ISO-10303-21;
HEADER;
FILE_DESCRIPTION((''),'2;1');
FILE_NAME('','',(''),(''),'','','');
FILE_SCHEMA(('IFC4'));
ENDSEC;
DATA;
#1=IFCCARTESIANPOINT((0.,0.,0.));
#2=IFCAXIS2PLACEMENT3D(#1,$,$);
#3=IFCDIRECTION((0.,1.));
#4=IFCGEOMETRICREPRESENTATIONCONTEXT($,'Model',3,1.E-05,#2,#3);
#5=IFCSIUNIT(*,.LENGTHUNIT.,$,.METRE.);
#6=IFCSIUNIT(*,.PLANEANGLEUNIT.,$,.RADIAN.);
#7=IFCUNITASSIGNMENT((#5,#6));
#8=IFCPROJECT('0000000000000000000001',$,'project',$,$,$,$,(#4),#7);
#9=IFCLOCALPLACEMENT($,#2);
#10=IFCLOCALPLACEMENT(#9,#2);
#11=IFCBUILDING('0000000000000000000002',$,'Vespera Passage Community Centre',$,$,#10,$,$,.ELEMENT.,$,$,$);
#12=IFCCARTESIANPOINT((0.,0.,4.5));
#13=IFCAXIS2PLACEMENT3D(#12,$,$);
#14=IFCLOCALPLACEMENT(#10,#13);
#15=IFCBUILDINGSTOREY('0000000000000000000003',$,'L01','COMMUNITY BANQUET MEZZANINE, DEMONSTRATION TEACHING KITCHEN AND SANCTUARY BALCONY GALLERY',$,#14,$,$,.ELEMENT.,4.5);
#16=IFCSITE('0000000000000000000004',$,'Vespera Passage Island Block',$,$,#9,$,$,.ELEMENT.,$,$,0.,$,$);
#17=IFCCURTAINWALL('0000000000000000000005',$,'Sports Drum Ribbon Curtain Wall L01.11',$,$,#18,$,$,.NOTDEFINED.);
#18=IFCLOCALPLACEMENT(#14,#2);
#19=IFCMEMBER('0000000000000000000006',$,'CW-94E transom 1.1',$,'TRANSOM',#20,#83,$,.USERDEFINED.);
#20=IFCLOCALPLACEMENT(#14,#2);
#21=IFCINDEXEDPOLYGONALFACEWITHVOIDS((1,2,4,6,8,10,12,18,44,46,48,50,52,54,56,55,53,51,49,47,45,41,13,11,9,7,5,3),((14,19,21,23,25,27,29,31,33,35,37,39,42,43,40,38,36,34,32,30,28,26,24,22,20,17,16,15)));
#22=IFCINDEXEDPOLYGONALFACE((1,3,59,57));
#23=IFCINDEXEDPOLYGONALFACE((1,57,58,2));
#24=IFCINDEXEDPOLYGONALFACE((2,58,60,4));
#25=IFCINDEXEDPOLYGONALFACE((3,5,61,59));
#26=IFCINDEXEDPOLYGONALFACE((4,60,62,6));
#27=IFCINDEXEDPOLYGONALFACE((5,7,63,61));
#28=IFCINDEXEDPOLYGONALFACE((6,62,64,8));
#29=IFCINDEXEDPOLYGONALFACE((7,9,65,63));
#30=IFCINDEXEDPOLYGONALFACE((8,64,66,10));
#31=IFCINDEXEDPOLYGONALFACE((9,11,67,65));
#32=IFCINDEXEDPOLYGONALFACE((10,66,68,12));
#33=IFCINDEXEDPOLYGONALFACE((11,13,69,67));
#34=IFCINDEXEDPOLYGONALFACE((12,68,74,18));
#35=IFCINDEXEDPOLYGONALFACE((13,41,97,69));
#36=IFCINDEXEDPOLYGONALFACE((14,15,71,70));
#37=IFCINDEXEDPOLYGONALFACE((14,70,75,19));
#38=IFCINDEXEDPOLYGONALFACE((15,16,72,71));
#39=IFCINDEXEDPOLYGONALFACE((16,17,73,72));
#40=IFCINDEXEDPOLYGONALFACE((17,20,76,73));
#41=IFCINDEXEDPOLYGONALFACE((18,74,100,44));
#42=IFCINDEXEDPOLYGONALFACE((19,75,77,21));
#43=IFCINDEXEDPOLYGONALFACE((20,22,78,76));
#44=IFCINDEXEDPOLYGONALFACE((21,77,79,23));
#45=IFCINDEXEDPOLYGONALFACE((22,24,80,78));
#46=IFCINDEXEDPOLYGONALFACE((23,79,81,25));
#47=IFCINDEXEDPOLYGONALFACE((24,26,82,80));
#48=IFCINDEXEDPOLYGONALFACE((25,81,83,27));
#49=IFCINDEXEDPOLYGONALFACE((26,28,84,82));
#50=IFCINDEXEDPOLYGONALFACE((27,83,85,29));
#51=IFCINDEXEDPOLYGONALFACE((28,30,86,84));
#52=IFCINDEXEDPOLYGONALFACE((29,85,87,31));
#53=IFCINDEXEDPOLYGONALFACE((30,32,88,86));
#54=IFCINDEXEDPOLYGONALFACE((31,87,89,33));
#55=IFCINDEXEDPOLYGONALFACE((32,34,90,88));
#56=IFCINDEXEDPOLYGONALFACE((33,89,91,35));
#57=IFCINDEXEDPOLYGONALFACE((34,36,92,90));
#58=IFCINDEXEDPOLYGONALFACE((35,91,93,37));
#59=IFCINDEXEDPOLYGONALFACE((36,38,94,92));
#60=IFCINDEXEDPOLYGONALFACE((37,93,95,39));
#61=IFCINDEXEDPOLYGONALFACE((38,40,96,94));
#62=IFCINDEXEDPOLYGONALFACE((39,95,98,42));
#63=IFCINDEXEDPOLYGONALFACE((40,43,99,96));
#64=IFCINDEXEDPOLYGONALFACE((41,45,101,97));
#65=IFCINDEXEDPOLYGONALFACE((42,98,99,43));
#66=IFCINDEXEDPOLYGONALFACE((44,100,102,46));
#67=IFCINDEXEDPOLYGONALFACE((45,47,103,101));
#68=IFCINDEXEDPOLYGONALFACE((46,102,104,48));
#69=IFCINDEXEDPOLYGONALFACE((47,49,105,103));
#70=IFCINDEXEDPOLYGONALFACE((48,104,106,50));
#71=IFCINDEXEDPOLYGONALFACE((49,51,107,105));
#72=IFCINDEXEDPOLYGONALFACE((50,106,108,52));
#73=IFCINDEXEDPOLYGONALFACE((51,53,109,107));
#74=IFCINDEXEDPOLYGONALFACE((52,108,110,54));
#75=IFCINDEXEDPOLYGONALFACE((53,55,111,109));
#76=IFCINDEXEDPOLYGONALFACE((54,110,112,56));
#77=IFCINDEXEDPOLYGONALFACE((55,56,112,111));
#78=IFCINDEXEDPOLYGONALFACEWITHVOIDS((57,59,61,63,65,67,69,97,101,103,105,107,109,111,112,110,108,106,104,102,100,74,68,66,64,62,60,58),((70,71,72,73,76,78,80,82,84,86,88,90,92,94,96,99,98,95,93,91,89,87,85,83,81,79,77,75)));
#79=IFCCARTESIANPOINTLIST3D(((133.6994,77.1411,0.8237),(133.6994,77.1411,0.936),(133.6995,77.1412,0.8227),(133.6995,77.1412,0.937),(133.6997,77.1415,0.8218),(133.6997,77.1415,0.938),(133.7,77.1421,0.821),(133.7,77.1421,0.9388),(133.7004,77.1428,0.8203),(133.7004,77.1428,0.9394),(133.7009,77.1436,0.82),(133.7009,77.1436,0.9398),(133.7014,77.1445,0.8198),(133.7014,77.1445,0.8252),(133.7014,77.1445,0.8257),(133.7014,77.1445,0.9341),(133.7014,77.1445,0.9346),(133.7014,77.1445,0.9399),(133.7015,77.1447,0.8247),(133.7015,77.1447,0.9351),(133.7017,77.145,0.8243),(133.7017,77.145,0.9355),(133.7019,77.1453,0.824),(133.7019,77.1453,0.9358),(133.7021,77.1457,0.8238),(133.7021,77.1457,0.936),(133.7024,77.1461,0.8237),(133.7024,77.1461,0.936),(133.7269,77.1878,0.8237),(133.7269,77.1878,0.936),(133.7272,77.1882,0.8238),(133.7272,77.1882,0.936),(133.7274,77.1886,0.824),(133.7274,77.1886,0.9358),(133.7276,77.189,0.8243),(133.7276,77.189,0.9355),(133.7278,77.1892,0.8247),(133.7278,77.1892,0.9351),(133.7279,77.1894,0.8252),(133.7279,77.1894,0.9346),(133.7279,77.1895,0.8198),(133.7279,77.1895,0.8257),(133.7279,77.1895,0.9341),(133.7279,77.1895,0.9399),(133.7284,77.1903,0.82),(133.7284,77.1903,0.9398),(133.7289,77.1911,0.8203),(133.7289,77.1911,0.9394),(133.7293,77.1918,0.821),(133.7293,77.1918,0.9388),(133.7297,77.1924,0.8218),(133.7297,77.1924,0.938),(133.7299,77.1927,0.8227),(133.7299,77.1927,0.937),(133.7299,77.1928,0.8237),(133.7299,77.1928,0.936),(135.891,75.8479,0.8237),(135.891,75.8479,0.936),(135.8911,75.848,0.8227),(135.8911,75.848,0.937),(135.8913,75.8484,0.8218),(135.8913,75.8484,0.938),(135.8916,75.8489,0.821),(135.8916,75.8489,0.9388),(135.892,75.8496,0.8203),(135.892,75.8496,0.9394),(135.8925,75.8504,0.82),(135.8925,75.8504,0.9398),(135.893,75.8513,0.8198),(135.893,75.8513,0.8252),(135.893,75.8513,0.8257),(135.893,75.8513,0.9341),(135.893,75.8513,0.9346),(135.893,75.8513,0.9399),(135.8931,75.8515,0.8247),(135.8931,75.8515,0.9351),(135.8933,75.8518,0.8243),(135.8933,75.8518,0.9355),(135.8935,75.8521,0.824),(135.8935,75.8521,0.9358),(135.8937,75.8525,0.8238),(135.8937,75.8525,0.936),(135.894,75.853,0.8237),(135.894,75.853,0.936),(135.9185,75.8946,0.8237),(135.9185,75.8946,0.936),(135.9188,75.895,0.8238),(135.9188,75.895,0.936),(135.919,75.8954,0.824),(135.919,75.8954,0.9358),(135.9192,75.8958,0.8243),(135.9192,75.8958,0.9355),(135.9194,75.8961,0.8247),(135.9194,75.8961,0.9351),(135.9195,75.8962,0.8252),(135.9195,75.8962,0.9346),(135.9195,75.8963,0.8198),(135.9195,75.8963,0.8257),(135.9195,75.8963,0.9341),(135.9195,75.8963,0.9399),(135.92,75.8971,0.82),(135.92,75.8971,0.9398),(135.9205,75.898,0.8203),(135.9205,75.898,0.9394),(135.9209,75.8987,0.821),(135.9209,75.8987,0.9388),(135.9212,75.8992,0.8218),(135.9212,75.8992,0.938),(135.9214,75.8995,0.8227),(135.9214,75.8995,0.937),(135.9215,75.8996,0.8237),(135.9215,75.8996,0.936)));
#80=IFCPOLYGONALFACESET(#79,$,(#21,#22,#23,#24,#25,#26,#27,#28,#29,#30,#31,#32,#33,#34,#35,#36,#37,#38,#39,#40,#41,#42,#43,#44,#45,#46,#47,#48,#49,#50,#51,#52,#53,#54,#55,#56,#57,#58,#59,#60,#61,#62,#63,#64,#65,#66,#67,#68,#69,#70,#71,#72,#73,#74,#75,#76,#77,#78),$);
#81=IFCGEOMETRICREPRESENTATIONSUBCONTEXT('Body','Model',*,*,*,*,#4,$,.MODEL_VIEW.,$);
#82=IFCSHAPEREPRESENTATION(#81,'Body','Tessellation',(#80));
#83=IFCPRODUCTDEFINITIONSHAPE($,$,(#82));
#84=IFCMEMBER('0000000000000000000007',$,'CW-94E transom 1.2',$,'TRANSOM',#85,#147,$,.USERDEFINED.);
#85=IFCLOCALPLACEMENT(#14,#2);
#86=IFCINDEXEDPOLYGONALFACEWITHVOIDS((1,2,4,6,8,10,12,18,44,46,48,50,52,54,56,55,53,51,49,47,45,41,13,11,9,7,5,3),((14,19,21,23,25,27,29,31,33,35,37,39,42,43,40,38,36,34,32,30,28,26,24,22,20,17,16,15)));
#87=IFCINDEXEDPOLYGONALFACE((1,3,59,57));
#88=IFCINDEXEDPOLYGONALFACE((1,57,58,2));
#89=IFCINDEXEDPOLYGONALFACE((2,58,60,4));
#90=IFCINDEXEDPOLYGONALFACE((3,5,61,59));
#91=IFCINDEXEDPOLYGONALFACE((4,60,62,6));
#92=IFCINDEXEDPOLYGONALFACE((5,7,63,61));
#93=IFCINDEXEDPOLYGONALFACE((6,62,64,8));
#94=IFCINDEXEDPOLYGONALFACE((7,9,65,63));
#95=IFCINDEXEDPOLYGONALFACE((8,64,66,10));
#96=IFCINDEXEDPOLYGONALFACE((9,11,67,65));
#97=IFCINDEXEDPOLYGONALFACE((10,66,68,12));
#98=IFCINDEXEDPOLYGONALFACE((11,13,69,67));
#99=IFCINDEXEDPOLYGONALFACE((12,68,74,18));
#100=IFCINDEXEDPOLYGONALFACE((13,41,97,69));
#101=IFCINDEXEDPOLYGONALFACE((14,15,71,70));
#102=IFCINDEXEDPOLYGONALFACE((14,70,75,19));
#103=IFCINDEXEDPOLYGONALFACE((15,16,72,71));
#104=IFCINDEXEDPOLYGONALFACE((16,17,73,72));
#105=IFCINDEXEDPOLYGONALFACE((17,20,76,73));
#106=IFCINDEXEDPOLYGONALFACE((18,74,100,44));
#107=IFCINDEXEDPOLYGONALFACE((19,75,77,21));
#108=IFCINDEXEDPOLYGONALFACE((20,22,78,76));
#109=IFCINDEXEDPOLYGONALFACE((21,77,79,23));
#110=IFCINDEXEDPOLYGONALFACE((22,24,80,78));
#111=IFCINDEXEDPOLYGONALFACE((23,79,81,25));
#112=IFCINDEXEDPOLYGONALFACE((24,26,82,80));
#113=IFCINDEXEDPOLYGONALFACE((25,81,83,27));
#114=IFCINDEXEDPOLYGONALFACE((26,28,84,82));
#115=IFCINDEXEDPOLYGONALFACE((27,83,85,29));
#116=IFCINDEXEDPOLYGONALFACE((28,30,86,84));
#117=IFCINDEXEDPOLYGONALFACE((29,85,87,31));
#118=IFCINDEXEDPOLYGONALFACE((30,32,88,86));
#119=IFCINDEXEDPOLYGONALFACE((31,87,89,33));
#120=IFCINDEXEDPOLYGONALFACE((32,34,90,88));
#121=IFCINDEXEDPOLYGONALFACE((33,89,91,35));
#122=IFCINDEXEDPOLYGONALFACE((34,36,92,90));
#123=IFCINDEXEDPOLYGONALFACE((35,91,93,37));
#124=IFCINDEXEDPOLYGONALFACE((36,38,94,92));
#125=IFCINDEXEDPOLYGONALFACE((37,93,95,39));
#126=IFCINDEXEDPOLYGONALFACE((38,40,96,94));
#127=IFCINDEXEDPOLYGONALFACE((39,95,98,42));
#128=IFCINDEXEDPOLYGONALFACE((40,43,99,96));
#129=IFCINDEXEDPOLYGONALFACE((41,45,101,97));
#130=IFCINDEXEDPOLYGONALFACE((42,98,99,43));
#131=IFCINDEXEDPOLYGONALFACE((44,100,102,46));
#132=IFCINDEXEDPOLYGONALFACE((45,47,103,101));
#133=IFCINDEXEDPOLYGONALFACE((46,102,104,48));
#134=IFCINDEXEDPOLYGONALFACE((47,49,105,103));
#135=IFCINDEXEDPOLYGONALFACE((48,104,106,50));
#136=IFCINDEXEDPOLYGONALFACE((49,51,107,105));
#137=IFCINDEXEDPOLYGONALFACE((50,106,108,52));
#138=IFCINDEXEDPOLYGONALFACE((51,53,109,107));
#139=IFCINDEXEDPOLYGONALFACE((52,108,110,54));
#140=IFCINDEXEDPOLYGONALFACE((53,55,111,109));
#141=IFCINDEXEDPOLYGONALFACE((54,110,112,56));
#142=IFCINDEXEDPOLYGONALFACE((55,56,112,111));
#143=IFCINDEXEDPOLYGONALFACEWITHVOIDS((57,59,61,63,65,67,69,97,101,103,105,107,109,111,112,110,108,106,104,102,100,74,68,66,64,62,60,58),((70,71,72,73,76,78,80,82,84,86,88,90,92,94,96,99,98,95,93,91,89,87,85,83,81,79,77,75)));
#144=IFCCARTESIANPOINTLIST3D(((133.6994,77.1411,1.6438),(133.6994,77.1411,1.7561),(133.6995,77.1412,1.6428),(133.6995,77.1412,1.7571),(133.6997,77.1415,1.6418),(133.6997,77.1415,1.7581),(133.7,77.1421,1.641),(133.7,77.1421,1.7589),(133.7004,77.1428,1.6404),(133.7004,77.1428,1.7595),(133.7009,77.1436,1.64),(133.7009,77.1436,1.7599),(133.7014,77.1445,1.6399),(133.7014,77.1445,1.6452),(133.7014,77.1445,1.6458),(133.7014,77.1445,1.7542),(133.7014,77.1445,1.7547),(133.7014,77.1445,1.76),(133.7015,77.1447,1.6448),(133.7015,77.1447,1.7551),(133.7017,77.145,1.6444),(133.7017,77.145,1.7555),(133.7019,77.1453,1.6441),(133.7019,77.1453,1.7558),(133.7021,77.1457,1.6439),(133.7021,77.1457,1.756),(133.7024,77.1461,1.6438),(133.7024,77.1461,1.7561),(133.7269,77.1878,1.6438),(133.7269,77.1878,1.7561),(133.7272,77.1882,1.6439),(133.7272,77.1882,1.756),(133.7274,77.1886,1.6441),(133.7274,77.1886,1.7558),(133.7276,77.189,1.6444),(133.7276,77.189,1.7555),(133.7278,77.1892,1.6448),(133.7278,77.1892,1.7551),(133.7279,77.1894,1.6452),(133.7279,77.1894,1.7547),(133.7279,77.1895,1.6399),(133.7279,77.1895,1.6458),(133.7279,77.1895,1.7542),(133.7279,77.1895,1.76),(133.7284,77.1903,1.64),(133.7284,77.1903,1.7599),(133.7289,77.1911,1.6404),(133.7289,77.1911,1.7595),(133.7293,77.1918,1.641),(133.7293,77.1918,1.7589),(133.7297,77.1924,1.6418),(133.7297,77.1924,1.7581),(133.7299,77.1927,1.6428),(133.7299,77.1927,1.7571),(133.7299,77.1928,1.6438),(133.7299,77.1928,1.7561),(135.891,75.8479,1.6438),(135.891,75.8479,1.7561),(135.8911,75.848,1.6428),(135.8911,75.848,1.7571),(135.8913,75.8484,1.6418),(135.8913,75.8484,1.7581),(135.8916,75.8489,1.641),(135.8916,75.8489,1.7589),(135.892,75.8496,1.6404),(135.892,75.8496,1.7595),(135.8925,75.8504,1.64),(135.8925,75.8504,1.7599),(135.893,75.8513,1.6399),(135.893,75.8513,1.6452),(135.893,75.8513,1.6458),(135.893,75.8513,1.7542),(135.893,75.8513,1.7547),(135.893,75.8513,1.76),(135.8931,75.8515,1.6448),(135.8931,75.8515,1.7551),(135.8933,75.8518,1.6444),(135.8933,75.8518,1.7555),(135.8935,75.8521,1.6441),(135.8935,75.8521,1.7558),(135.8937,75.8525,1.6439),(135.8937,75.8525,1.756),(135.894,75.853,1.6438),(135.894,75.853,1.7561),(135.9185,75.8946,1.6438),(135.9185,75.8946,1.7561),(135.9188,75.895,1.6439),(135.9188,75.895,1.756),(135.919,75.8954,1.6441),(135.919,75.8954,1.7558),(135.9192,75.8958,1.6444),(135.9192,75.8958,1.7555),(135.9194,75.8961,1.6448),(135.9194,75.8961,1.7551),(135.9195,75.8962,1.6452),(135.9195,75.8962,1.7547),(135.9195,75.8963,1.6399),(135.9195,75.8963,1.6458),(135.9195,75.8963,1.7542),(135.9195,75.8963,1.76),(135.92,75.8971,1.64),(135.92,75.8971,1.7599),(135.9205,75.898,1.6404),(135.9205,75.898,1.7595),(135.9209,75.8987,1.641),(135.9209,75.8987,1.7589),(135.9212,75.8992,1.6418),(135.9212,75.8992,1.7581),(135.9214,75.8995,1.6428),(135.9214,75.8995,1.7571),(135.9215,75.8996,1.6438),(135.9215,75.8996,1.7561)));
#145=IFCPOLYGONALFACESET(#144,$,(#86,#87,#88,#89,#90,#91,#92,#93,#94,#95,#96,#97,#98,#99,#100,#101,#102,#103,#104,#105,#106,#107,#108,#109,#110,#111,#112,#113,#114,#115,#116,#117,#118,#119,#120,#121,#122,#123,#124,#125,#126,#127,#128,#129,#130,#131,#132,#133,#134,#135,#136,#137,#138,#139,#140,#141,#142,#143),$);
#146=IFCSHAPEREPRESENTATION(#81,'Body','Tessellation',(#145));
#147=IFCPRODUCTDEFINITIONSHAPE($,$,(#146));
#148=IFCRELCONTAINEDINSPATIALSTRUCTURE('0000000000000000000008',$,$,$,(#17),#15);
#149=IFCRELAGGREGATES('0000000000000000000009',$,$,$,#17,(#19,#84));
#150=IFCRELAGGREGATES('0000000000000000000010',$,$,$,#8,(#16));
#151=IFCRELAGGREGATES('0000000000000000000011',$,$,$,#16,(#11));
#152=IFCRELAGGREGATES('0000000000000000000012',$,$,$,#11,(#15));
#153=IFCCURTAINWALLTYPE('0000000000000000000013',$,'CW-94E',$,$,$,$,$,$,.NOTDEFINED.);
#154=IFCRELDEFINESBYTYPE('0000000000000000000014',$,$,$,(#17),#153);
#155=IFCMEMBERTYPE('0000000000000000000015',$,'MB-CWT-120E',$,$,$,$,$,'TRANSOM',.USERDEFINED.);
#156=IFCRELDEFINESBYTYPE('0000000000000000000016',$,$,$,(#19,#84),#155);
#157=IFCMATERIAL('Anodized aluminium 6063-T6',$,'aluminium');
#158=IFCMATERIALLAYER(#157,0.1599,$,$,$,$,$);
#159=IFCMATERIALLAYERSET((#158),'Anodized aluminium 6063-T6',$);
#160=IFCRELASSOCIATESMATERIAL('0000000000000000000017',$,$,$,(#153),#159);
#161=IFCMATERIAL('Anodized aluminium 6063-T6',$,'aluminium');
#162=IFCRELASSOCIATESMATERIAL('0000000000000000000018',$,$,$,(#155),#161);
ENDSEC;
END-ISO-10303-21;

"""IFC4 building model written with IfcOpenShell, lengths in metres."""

from ifc_helpers import new_model, si_unit, direction, frame, origin, origin_2d, place, context, subcontext, project, spatial, hollow_rectangle, extrude, material, layer, layer_set, material_profile, profile_set, type_object, element, aggregate, save


model = new_model("IFC4")

# Units and contexts
model_context = context("Model", 3, precision=1e-05, world=origin(), true_north=direction((0.0, 1.0)))
body_context = subcontext(model_context, "Body", "Model", "MODEL_VIEW")
ifc_project = project(units=[si_unit("LENGTHUNIT", "METRE"), si_unit("PLANEANGLEUNIT", "RADIAN")], contexts=[model_context])

# Site, building, storey
site_placement = place(None, origin())
site = spatial("IfcSite", under=ifc_project, at=site_placement, Name="Vespera Passage Island Block", CompositionType="ELEMENT", RefElevation=0.0)
building_placement = place(site_placement, origin())
building = spatial("IfcBuilding", under=site, at=building_placement, Name="Vespera Passage Community Centre", CompositionType="ELEMENT")
storey_placement = place(building_placement, frame((0.0, 0.0, 4.5)))
storey = spatial("IfcBuildingStorey", under=building, at=storey_placement, Name="L01", Description="COMMUNITY BANQUET MEZZANINE, DEMONSTRATION TEACHING KITCHEN AND SANCTUARY BALCONY GALLERY", CompositionType="ELEMENT", Elevation=4.5)

# Curtain wall
ifc_material_1 = material(Name="Anodized aluminium 6063-T6", Category="aluminium")
ifc_layer_1 = layer(ifc_material_1, 0.1599)
ifc_layer_set_1 = layer_set([ifc_layer_1], Name="Anodized aluminium 6063-T6")
curtain_wall_type_1 = type_object("IfcCurtainWallType", Name="CW-94E", PredefinedType="NOTDEFINED", material=ifc_layer_set_1)
curtain_wall_1_placement = place(storey_placement, origin())
curtain_wall_1 = element("IfcCurtainWall", 1, at=curtain_wall_1_placement, inside=storey, type_object=curtain_wall_type_1, Name="Sports Drum Ribbon Curtain Wall L01.11", PredefinedType="NOTDEFINED")

# Members
ifc_material_2 = material(Name="Anodized aluminium 6063-T6", Category="aluminium")
ifc_material_profile_1 = material_profile(ifc_material_2, hollow_rectangle(XDim=0.0601, YDim=0.1201, WallThickness=0.0039, InnerFilletRadius=0.002, OuterFilletRadius=0.0039, at=origin_2d()), Name="ALU120X60X4")
ifc_profile_set_1 = profile_set([ifc_material_profile_1], Name="Anodized aluminium 6063-T6")
member_type_1 = type_object("IfcMemberType", Name="MB-CWT-120E", ElementType="TRANSOM", PredefinedType="USERDEFINED", material=ifc_profile_set_1)
member_1_placement = place(storey_placement, frame((135.9062, 75.8738, 0.8799), z_axis=(-0.861245, 0.508189, 0.0), x_axis=(-0.508189, -0.861245, 0.0)))
member_1 = element("IfcMember", 2, at=member_1_placement, type_object=member_type_1, Name="CW-94E transom 1.1", ObjectType="TRANSOM", PredefinedType="USERDEFINED", context=body_context, shape_type="SweptSolid", body=[
    extrude(hollow_rectangle(XDim=0.0601, YDim=0.1201, WallThickness=0.0039, InnerFilletRadius=0.002, OuterFilletRadius=0.0039, at=origin_2d()), origin(), (0.0, 0.0, 1.0), 2.5447),
])
member_2_placement = place(storey_placement, frame((135.9062, 75.8738, 1.7), z_axis=(-0.861245, 0.508189, 0.0), x_axis=(-0.508189, -0.861245, 0.0)))
member_2 = element("IfcMember", 3, at=member_2_placement, type_object=member_type_1, Name="CW-94E transom 1.2", ObjectType="TRANSOM", PredefinedType="USERDEFINED", context=body_context, shape_type="SweptSolid", body=[
    extrude(hollow_rectangle(XDim=0.0601, YDim=0.1201, WallThickness=0.0039, InnerFilletRadius=0.002, OuterFilletRadius=0.0039, at=origin_2d()), origin(), (0.0, 0.0, 1.0), 2.5447),
])

aggregate(curtain_wall_1, [member_1, member_2])

save(model, "model.ifc")
